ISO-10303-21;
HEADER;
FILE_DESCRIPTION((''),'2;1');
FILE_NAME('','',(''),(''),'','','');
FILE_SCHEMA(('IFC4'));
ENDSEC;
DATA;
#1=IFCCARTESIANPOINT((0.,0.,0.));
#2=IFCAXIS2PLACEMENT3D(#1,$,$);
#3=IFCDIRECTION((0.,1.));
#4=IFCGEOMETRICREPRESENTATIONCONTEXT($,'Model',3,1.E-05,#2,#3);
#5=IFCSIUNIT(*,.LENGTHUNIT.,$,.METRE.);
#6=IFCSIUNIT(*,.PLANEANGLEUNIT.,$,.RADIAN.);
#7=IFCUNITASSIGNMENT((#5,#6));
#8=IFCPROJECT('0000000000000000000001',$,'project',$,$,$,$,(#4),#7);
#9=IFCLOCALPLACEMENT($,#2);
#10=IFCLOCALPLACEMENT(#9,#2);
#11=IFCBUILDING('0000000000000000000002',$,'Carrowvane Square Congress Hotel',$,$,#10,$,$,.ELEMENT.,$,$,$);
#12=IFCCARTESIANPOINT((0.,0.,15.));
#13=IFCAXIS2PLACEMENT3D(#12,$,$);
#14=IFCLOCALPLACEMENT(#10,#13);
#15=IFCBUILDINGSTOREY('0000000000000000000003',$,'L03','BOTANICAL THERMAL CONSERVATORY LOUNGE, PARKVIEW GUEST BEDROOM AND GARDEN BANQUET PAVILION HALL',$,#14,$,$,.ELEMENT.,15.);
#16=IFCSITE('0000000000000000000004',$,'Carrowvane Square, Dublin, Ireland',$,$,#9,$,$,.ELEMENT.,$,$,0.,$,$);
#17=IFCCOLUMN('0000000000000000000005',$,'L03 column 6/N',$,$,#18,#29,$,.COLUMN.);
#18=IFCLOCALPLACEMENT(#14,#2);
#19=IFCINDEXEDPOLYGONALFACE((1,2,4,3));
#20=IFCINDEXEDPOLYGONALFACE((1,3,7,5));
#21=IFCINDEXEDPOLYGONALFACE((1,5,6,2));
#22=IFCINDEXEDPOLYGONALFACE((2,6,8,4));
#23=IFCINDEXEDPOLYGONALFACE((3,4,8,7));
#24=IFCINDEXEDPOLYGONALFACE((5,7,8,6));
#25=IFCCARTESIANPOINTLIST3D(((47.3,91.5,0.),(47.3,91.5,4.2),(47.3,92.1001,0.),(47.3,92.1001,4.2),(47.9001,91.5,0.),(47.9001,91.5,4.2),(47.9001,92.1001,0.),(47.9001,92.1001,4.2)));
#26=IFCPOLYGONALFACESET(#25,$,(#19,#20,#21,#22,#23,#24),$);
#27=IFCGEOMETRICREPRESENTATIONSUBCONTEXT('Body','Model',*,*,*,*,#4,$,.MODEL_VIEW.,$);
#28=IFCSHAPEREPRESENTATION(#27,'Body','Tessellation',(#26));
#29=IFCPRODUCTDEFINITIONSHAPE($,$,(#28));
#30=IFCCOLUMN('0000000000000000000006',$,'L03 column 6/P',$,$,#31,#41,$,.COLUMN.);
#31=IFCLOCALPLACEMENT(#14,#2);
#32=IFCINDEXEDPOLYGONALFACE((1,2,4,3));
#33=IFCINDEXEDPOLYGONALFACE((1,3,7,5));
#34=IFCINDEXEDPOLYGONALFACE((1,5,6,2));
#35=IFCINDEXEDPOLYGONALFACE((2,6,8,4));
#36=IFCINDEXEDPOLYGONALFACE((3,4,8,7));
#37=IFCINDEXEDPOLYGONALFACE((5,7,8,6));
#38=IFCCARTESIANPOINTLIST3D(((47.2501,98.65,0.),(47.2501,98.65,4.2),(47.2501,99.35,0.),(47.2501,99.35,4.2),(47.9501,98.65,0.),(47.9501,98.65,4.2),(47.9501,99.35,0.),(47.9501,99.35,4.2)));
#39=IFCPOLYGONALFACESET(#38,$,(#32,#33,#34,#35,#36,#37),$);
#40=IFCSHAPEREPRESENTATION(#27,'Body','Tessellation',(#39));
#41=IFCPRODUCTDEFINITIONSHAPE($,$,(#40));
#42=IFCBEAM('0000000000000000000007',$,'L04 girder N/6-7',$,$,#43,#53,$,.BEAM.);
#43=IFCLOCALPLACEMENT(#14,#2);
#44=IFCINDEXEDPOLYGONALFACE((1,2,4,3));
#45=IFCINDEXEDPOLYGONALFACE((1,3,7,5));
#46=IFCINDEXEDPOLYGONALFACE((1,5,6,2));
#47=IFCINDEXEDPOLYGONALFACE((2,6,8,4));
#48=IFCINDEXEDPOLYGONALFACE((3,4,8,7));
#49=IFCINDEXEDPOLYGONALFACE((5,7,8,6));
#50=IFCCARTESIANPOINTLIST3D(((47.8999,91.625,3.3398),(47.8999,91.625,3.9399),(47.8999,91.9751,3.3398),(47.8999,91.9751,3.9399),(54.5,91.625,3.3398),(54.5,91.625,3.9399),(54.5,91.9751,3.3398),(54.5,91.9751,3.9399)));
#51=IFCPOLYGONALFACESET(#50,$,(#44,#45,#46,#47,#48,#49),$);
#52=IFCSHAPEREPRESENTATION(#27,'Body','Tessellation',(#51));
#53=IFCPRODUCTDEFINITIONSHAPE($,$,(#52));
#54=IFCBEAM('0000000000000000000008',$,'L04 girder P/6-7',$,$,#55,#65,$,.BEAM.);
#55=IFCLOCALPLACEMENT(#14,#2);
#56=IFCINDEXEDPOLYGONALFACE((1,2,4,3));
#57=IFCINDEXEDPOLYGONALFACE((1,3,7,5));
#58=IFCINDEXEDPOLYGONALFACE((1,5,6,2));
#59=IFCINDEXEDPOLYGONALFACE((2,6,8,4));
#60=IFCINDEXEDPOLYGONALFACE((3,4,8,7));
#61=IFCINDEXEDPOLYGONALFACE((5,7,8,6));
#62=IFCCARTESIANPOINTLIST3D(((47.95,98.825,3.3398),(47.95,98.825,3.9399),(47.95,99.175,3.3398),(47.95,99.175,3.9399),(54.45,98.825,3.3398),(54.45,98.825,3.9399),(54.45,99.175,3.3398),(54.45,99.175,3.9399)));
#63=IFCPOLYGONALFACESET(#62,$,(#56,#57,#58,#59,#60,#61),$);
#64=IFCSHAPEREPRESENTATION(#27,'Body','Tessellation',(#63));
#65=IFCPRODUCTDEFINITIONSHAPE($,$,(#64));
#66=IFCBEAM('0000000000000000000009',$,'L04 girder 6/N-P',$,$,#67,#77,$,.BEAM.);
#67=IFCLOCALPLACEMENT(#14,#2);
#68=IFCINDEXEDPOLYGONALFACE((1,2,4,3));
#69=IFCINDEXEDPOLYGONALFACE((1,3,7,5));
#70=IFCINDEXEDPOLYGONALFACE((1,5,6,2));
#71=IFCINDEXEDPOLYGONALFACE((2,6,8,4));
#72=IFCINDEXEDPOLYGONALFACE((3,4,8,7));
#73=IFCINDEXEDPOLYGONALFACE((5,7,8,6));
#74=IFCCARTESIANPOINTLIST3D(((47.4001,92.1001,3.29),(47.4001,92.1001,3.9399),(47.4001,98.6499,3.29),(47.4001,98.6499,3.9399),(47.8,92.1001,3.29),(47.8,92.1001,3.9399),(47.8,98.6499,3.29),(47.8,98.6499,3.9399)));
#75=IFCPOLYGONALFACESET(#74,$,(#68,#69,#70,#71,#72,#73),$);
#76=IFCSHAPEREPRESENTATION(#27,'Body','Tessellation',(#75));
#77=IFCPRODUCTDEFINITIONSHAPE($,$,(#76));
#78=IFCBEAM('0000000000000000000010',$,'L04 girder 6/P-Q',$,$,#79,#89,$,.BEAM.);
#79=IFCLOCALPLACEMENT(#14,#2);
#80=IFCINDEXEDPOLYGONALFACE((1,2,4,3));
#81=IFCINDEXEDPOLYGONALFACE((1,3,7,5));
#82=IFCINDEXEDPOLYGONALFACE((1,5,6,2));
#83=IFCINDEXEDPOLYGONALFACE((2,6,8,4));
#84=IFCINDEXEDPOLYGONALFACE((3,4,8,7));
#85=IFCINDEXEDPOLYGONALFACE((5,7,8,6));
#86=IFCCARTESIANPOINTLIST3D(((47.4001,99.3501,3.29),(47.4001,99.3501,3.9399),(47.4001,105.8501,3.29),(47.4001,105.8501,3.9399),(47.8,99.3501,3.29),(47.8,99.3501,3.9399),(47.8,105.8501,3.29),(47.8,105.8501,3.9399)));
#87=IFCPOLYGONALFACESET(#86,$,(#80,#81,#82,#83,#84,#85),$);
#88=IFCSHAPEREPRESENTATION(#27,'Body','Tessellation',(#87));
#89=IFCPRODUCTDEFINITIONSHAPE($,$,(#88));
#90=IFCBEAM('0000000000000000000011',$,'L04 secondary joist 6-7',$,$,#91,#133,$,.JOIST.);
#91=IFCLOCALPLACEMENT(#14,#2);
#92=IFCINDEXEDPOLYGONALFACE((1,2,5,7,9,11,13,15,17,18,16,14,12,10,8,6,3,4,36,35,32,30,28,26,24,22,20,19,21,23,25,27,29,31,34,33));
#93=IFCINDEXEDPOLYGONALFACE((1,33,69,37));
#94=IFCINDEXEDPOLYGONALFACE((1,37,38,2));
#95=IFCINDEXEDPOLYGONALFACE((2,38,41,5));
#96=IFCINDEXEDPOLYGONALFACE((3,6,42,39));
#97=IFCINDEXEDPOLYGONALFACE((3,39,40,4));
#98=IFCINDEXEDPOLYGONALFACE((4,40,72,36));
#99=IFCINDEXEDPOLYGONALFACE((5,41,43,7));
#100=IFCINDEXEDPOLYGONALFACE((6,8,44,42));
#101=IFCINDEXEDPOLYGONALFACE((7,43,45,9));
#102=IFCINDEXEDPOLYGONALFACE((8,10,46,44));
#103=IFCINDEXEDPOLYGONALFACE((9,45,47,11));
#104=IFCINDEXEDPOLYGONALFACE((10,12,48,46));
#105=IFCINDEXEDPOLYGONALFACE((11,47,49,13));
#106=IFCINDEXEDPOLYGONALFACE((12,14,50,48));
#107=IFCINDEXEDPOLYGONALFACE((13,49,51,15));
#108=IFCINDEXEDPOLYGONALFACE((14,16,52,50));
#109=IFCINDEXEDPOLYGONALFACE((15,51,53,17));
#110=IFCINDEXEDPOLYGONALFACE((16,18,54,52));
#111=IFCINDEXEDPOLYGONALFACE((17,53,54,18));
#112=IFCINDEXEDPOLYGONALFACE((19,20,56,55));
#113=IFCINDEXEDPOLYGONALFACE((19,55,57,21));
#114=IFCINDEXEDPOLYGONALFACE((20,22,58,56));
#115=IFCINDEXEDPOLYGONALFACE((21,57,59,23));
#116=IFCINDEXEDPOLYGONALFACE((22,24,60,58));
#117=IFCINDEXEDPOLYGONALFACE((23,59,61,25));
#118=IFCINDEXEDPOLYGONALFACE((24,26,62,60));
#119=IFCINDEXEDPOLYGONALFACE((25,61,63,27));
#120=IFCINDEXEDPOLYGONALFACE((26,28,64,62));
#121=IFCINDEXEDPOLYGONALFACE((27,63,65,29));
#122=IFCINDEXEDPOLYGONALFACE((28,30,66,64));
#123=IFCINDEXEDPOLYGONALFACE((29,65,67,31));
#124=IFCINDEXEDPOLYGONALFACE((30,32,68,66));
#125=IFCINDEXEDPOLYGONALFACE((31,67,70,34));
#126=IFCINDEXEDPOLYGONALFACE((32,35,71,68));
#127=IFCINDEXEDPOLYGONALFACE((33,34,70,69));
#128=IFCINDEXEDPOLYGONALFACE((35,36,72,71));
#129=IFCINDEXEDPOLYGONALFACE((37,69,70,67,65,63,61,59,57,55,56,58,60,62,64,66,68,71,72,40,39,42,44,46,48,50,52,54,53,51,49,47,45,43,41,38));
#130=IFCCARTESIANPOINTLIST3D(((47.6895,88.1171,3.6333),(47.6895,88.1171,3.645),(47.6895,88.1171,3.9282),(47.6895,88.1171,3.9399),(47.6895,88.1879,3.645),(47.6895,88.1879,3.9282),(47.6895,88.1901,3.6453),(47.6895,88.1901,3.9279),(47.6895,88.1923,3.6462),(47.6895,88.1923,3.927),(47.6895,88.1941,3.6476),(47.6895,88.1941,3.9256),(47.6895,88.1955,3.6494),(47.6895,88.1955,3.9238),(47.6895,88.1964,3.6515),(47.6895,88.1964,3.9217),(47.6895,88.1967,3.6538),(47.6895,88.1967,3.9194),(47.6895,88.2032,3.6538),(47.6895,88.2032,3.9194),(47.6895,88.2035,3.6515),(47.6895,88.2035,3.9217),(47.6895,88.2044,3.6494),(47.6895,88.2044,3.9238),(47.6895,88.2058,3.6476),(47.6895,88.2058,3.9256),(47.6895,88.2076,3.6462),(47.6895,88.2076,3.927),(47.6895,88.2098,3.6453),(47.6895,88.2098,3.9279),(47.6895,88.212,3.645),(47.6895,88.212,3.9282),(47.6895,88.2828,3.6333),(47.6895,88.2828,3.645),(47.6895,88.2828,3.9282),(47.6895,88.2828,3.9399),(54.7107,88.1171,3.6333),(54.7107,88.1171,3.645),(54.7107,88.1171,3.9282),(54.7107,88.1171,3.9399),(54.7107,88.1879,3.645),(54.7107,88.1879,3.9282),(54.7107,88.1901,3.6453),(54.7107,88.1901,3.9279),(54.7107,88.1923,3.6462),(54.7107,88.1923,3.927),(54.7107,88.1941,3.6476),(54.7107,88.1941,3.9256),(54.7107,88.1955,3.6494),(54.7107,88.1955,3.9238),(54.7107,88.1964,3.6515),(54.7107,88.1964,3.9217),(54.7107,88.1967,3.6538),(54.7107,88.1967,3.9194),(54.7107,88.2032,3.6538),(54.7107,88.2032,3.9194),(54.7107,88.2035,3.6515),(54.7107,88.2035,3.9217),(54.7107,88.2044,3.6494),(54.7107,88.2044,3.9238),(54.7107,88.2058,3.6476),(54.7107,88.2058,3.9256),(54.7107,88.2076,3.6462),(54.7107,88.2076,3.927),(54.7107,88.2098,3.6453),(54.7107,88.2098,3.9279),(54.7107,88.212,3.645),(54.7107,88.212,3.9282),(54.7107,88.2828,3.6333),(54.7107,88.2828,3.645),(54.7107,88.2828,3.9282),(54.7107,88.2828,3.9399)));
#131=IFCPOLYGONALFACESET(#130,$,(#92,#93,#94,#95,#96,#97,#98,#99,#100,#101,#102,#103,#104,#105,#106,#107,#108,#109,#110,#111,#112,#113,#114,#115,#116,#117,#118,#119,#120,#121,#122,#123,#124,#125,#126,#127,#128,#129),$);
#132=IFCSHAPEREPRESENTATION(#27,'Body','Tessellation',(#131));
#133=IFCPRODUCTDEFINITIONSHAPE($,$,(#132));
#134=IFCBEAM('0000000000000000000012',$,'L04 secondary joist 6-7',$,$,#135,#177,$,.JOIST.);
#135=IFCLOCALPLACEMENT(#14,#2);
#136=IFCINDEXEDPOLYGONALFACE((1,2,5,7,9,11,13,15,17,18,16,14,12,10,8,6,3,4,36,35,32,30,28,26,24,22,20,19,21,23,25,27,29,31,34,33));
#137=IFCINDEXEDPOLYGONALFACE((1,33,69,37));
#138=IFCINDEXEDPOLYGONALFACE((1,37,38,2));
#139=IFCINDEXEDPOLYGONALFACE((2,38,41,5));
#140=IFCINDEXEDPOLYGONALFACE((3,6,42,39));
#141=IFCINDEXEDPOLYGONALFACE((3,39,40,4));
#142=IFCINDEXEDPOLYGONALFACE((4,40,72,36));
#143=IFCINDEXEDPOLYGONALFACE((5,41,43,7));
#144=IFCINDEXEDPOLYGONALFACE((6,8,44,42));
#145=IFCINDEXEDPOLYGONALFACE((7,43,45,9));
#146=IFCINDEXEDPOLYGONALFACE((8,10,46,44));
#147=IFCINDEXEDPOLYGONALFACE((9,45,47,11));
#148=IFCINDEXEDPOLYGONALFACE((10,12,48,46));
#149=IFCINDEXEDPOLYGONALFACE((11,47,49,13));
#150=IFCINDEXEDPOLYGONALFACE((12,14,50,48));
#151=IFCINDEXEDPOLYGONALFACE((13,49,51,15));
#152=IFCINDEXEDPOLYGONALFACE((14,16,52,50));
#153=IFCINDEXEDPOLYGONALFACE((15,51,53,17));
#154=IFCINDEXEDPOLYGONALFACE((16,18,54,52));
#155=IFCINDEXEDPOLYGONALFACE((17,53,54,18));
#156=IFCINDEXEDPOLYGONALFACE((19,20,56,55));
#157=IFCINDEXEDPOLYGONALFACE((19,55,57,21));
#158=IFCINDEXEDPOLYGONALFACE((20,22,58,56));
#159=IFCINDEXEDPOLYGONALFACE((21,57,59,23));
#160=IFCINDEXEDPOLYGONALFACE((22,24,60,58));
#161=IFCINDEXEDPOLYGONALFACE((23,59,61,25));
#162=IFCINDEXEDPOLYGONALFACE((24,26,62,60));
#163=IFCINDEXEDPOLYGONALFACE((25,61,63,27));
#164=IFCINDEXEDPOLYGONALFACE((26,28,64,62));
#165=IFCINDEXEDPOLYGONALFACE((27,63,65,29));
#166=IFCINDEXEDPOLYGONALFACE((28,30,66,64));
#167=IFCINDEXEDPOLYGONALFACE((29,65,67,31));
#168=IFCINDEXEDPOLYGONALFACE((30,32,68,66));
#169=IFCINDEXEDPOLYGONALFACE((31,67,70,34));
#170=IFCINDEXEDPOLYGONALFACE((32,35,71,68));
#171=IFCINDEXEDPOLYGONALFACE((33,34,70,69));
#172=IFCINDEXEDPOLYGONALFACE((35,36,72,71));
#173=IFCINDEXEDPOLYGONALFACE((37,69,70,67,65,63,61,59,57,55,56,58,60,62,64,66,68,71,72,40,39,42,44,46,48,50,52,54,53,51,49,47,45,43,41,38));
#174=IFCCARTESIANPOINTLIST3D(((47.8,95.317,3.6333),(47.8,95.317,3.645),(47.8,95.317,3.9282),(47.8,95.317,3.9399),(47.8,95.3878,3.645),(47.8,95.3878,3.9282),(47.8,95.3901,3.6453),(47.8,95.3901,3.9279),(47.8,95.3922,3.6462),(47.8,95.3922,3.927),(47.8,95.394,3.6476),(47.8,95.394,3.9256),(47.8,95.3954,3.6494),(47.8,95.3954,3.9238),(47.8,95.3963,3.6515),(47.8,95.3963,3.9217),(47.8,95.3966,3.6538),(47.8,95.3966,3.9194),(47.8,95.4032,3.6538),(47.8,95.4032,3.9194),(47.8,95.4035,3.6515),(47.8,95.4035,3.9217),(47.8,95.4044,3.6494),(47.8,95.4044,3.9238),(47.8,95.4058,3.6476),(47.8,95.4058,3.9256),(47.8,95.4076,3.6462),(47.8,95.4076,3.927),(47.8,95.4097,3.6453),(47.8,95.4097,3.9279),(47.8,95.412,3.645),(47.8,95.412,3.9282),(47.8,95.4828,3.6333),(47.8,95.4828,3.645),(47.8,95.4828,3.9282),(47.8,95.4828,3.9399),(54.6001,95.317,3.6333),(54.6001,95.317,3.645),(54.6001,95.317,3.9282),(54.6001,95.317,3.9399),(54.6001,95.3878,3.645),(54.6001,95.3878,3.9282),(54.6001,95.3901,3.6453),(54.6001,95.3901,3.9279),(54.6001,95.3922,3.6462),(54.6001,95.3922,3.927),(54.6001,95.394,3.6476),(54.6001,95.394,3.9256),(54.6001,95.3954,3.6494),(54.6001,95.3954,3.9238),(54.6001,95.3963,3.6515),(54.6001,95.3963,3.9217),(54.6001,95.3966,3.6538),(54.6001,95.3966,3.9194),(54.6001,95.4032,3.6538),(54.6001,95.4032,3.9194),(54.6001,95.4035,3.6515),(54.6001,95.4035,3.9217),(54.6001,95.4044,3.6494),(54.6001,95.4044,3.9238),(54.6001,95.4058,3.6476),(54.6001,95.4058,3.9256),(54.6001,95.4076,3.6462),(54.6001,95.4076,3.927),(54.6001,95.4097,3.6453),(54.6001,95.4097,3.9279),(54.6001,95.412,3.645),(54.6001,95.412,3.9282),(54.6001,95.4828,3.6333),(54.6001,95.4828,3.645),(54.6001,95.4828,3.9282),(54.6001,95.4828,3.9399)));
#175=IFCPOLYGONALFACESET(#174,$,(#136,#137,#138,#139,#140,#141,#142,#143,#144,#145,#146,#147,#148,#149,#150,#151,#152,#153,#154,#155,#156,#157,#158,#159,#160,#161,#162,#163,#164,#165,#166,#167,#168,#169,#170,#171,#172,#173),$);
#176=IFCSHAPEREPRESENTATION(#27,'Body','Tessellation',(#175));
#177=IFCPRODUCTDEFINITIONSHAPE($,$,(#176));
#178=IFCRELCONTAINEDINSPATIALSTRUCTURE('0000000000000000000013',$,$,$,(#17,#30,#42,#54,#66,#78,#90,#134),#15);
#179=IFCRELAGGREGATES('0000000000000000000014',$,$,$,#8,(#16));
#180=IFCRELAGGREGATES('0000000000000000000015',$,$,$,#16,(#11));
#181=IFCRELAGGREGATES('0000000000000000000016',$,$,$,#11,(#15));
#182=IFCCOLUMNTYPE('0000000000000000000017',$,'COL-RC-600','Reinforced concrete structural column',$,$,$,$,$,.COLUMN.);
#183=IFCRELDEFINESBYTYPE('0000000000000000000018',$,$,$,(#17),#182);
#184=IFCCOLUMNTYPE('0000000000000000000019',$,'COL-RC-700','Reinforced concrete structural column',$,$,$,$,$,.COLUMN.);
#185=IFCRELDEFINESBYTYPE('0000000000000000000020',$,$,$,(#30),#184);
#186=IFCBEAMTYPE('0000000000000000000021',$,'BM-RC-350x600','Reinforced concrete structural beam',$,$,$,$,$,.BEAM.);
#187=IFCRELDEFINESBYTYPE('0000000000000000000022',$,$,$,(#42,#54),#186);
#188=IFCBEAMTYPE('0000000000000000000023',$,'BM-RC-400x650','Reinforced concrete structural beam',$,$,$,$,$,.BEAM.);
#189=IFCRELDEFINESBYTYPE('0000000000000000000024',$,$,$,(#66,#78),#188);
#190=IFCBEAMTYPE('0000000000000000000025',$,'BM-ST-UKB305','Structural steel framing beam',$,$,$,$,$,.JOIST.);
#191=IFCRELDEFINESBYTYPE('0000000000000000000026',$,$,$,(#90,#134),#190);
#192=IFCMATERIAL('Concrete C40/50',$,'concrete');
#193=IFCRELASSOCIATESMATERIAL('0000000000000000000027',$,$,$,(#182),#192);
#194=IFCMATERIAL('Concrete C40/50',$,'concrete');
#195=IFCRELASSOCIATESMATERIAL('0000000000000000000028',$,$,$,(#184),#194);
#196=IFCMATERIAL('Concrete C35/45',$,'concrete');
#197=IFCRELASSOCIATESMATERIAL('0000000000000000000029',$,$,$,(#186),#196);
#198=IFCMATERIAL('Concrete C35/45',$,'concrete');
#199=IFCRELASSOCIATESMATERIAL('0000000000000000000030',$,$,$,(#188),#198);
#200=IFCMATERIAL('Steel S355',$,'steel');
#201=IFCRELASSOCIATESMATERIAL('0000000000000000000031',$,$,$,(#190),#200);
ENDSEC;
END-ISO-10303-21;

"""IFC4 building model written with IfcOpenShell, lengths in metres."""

from ifc_helpers import new_model, si_unit, direction, frame, origin, origin_2d, place, context, subcontext, project, spatial, rectangle, i_section, extrude, material, material_profile, profile_set, type_object, element, save


model = new_model("IFC4")

# Units and contexts
model_context = context("Model", 3, precision=1e-05, world=origin(), true_north=direction((0.0, 1.0)))
body_context = subcontext(model_context, "Body", "Model", "MODEL_VIEW")
ifc_project = project(units=[si_unit("LENGTHUNIT", "METRE"), si_unit("PLANEANGLEUNIT", "RADIAN")], contexts=[model_context])

# Site, building, storey
site_placement = place(None, origin())
site = spatial("IfcSite", under=ifc_project, at=site_placement, Name="Carrowvane Square, Dublin, Ireland", CompositionType="ELEMENT", RefElevation=0.0)
building_placement = place(site_placement, origin())
building = spatial("IfcBuilding", under=site, at=building_placement, Name="Carrowvane Square Congress Hotel", CompositionType="ELEMENT")
storey_placement = place(building_placement, frame((0.0, 0.0, 15.0)))
storey = spatial("IfcBuildingStorey", under=building, at=storey_placement, Name="L03", Description="BOTANICAL THERMAL CONSERVATORY LOUNGE, PARKVIEW GUEST BEDROOM AND GARDEN BANQUET PAVILION HALL", CompositionType="ELEMENT", Elevation=15.0)

# Columns
ifc_material_1 = material(Name="Concrete C40/50", Category="concrete")
ifc_material_profile_1 = material_profile(ifc_material_1, rectangle(XDim=0.6001, YDim=0.6001, at=origin_2d()), Name="RC 600x600")
ifc_profile_set_1 = profile_set([ifc_material_profile_1], Name="Concrete C40/50")
column_type_1 = type_object("IfcColumnType", Name="COL-RC-600", Description="Reinforced concrete structural column", PredefinedType="COLUMN", material=ifc_profile_set_1)
column_1_placement = place(storey_placement, frame((47.6001, 91.8, 0.0), z_axis=(0.0, 0.0, 1.0), x_axis=(1.0, 0.0, 0.0)))
element("IfcColumn", 1, at=column_1_placement, inside=storey, type_object=column_type_1, Name="L03 column 6/N", PredefinedType="COLUMN", context=body_context, shape_type="SweptSolid", body=[
    extrude(rectangle(XDim=0.6001, YDim=0.6001, at=origin_2d()), origin(), (0.0, 0.0, 1.0), 4.2),
])
ifc_material_2 = material(Name="Concrete C40/50", Category="concrete")
ifc_material_profile_2 = material_profile(ifc_material_2, rectangle(XDim=0.7, YDim=0.7, at=origin_2d()), Name="RC 700x700")
ifc_profile_set_2 = profile_set([ifc_material_profile_2], Name="Concrete C40/50")
column_type_2 = type_object("IfcColumnType", Name="COL-RC-700", Description="Reinforced concrete structural column", PredefinedType="COLUMN", material=ifc_profile_set_2)
column_2_placement = place(storey_placement, frame((47.6001, 99.0, 0.0), z_axis=(0.0, 0.0, 1.0), x_axis=(1.0, 0.0, 0.0)))
element("IfcColumn", 2, at=column_2_placement, inside=storey, type_object=column_type_2, Name="L03 column 6/P", PredefinedType="COLUMN", context=body_context, shape_type="SweptSolid", body=[
    extrude(rectangle(XDim=0.7, YDim=0.7, at=origin_2d()), origin(), (0.0, 0.0, 1.0), 4.2),
])

# Beams
ifc_material_3 = material(Name="Concrete C35/45", Category="concrete")
ifc_material_profile_3 = material_profile(ifc_material_3, rectangle(XDim=0.3501, YDim=0.6001, at=origin_2d()), Name="RC 350x600")
ifc_profile_set_3 = profile_set([ifc_material_profile_3], Name="Concrete C35/45")
beam_type_1 = type_object("IfcBeamType", Name="BM-RC-350x600", Description="Reinforced concrete structural beam", PredefinedType="BEAM", material=ifc_profile_set_3)
beam_1_placement = place(storey_placement, frame((47.8999, 91.8, 3.6399), z_axis=(1.0, 0.0, 0.0), x_axis=(0.0, 1.0, 0.0)))
element("IfcBeam", 3, at=beam_1_placement, inside=storey, type_object=beam_type_1, Name="L04 girder N/6-7", PredefinedType="BEAM", context=body_context, shape_type="SweptSolid", body=[
    extrude(rectangle(XDim=0.3501, YDim=0.6001, at=origin_2d()), origin(), (0.0, 0.0, 1.0), 6.6001),
])
beam_2_placement = place(storey_placement, frame((47.95, 99.0, 3.6399), z_axis=(1.0, 0.0, 0.0), x_axis=(0.0, 1.0, 0.0)))
element("IfcBeam", 4, at=beam_2_placement, inside=storey, type_object=beam_type_1, Name="L04 girder P/6-7", PredefinedType="BEAM", context=body_context, shape_type="SweptSolid", body=[
    extrude(rectangle(XDim=0.3501, YDim=0.6001, at=origin_2d()), origin(), (0.0, 0.0, 1.0), 6.5),
])
ifc_material_4 = material(Name="Concrete C35/45", Category="concrete")
ifc_material_profile_4 = material_profile(ifc_material_4, rectangle(XDim=0.3999, YDim=0.6499, at=origin_2d()), Name="RC 400x650")
ifc_profile_set_4 = profile_set([ifc_material_profile_4], Name="Concrete C35/45")
beam_type_2 = type_object("IfcBeamType", Name="BM-RC-400x650", Description="Reinforced concrete structural beam", PredefinedType="BEAM", material=ifc_profile_set_4)
beam_3_placement = place(storey_placement, frame((47.6001, 92.1001, 3.615), z_axis=(0.0, 1.0, 0.0), x_axis=(-1.0, 0.0, 0.0)))
element("IfcBeam", 5, at=beam_3_placement, inside=storey, type_object=beam_type_2, Name="L04 girder 6/N-P", PredefinedType="BEAM", context=body_context, shape_type="SweptSolid", body=[
    extrude(rectangle(XDim=0.3999, YDim=0.6499, at=origin_2d()), origin(), (0.0, 0.0, 1.0), 6.5498),
])
beam_4_placement = place(storey_placement, frame((47.6001, 99.3501, 3.615), z_axis=(0.0, 1.0, 0.0), x_axis=(-1.0, 0.0, 0.0)))
element("IfcBeam", 6, at=beam_4_placement, inside=storey, type_object=beam_type_2, Name="L04 girder 6/P-Q", PredefinedType="BEAM", context=body_context, shape_type="SweptSolid", body=[
    extrude(rectangle(XDim=0.3999, YDim=0.6499, at=origin_2d()), origin(), (0.0, 0.0, 1.0), 6.5),
])
ifc_material_5 = material(Name="Steel S355", Category="steel")
ifc_material_profile_5 = material_profile(ifc_material_5, i_section(OverallWidth=0.1658, OverallDepth=0.3066, WebThickness=0.0066, FlangeThickness=0.0117, FilletRadius=0.0088, at=origin_2d()), Name="UKB 305x165x46")
ifc_profile_set_5 = profile_set([ifc_material_profile_5], Name="Steel S355")
beam_type_3 = type_object("IfcBeamType", Name="BM-ST-UKB305", Description="Structural steel framing beam", PredefinedType="JOIST", material=ifc_profile_set_5)
beam_5_placement = place(storey_placement, frame((47.6895, 88.2, 3.7866), z_axis=(1.0, 0.0, 0.0), x_axis=(0.0, 1.0, 0.0)))
element("IfcBeam", 7, at=beam_5_placement, inside=storey, type_object=beam_type_3, Name="L04 secondary joist 6-7", PredefinedType="JOIST", context=body_context, shape_type="SweptSolid", body=[
    extrude(i_section(OverallWidth=0.1658, OverallDepth=0.3066, WebThickness=0.0066, FlangeThickness=0.0117, FilletRadius=0.0088, at=origin_2d()), origin(), (0.0, 0.0, 1.0), 7.0212),
])
for number, where, z_axis, x_axis, name in (
    (8, (47.8, 95.3999, 3.7866), (1.0, 0.0, 0.0), (0.0, 1.0, 0.0), "L04 secondary joist 6-7"),
):
    element("IfcBeam", number, at=place(storey_placement, frame(where, z_axis=z_axis, x_axis=x_axis)), inside=storey, type_object=beam_type_3, Name=name, PredefinedType="JOIST", context=body_context, shape_type="SweptSolid", body=[
        extrude(i_section(OverallWidth=0.1658, OverallDepth=0.3066, WebThickness=0.0066, FlangeThickness=0.0117, FilletRadius=0.0088, at=origin_2d()), origin(), (0.0, 0.0, 1.0), 6.8),
    ])

save(model, "model.ifc")
